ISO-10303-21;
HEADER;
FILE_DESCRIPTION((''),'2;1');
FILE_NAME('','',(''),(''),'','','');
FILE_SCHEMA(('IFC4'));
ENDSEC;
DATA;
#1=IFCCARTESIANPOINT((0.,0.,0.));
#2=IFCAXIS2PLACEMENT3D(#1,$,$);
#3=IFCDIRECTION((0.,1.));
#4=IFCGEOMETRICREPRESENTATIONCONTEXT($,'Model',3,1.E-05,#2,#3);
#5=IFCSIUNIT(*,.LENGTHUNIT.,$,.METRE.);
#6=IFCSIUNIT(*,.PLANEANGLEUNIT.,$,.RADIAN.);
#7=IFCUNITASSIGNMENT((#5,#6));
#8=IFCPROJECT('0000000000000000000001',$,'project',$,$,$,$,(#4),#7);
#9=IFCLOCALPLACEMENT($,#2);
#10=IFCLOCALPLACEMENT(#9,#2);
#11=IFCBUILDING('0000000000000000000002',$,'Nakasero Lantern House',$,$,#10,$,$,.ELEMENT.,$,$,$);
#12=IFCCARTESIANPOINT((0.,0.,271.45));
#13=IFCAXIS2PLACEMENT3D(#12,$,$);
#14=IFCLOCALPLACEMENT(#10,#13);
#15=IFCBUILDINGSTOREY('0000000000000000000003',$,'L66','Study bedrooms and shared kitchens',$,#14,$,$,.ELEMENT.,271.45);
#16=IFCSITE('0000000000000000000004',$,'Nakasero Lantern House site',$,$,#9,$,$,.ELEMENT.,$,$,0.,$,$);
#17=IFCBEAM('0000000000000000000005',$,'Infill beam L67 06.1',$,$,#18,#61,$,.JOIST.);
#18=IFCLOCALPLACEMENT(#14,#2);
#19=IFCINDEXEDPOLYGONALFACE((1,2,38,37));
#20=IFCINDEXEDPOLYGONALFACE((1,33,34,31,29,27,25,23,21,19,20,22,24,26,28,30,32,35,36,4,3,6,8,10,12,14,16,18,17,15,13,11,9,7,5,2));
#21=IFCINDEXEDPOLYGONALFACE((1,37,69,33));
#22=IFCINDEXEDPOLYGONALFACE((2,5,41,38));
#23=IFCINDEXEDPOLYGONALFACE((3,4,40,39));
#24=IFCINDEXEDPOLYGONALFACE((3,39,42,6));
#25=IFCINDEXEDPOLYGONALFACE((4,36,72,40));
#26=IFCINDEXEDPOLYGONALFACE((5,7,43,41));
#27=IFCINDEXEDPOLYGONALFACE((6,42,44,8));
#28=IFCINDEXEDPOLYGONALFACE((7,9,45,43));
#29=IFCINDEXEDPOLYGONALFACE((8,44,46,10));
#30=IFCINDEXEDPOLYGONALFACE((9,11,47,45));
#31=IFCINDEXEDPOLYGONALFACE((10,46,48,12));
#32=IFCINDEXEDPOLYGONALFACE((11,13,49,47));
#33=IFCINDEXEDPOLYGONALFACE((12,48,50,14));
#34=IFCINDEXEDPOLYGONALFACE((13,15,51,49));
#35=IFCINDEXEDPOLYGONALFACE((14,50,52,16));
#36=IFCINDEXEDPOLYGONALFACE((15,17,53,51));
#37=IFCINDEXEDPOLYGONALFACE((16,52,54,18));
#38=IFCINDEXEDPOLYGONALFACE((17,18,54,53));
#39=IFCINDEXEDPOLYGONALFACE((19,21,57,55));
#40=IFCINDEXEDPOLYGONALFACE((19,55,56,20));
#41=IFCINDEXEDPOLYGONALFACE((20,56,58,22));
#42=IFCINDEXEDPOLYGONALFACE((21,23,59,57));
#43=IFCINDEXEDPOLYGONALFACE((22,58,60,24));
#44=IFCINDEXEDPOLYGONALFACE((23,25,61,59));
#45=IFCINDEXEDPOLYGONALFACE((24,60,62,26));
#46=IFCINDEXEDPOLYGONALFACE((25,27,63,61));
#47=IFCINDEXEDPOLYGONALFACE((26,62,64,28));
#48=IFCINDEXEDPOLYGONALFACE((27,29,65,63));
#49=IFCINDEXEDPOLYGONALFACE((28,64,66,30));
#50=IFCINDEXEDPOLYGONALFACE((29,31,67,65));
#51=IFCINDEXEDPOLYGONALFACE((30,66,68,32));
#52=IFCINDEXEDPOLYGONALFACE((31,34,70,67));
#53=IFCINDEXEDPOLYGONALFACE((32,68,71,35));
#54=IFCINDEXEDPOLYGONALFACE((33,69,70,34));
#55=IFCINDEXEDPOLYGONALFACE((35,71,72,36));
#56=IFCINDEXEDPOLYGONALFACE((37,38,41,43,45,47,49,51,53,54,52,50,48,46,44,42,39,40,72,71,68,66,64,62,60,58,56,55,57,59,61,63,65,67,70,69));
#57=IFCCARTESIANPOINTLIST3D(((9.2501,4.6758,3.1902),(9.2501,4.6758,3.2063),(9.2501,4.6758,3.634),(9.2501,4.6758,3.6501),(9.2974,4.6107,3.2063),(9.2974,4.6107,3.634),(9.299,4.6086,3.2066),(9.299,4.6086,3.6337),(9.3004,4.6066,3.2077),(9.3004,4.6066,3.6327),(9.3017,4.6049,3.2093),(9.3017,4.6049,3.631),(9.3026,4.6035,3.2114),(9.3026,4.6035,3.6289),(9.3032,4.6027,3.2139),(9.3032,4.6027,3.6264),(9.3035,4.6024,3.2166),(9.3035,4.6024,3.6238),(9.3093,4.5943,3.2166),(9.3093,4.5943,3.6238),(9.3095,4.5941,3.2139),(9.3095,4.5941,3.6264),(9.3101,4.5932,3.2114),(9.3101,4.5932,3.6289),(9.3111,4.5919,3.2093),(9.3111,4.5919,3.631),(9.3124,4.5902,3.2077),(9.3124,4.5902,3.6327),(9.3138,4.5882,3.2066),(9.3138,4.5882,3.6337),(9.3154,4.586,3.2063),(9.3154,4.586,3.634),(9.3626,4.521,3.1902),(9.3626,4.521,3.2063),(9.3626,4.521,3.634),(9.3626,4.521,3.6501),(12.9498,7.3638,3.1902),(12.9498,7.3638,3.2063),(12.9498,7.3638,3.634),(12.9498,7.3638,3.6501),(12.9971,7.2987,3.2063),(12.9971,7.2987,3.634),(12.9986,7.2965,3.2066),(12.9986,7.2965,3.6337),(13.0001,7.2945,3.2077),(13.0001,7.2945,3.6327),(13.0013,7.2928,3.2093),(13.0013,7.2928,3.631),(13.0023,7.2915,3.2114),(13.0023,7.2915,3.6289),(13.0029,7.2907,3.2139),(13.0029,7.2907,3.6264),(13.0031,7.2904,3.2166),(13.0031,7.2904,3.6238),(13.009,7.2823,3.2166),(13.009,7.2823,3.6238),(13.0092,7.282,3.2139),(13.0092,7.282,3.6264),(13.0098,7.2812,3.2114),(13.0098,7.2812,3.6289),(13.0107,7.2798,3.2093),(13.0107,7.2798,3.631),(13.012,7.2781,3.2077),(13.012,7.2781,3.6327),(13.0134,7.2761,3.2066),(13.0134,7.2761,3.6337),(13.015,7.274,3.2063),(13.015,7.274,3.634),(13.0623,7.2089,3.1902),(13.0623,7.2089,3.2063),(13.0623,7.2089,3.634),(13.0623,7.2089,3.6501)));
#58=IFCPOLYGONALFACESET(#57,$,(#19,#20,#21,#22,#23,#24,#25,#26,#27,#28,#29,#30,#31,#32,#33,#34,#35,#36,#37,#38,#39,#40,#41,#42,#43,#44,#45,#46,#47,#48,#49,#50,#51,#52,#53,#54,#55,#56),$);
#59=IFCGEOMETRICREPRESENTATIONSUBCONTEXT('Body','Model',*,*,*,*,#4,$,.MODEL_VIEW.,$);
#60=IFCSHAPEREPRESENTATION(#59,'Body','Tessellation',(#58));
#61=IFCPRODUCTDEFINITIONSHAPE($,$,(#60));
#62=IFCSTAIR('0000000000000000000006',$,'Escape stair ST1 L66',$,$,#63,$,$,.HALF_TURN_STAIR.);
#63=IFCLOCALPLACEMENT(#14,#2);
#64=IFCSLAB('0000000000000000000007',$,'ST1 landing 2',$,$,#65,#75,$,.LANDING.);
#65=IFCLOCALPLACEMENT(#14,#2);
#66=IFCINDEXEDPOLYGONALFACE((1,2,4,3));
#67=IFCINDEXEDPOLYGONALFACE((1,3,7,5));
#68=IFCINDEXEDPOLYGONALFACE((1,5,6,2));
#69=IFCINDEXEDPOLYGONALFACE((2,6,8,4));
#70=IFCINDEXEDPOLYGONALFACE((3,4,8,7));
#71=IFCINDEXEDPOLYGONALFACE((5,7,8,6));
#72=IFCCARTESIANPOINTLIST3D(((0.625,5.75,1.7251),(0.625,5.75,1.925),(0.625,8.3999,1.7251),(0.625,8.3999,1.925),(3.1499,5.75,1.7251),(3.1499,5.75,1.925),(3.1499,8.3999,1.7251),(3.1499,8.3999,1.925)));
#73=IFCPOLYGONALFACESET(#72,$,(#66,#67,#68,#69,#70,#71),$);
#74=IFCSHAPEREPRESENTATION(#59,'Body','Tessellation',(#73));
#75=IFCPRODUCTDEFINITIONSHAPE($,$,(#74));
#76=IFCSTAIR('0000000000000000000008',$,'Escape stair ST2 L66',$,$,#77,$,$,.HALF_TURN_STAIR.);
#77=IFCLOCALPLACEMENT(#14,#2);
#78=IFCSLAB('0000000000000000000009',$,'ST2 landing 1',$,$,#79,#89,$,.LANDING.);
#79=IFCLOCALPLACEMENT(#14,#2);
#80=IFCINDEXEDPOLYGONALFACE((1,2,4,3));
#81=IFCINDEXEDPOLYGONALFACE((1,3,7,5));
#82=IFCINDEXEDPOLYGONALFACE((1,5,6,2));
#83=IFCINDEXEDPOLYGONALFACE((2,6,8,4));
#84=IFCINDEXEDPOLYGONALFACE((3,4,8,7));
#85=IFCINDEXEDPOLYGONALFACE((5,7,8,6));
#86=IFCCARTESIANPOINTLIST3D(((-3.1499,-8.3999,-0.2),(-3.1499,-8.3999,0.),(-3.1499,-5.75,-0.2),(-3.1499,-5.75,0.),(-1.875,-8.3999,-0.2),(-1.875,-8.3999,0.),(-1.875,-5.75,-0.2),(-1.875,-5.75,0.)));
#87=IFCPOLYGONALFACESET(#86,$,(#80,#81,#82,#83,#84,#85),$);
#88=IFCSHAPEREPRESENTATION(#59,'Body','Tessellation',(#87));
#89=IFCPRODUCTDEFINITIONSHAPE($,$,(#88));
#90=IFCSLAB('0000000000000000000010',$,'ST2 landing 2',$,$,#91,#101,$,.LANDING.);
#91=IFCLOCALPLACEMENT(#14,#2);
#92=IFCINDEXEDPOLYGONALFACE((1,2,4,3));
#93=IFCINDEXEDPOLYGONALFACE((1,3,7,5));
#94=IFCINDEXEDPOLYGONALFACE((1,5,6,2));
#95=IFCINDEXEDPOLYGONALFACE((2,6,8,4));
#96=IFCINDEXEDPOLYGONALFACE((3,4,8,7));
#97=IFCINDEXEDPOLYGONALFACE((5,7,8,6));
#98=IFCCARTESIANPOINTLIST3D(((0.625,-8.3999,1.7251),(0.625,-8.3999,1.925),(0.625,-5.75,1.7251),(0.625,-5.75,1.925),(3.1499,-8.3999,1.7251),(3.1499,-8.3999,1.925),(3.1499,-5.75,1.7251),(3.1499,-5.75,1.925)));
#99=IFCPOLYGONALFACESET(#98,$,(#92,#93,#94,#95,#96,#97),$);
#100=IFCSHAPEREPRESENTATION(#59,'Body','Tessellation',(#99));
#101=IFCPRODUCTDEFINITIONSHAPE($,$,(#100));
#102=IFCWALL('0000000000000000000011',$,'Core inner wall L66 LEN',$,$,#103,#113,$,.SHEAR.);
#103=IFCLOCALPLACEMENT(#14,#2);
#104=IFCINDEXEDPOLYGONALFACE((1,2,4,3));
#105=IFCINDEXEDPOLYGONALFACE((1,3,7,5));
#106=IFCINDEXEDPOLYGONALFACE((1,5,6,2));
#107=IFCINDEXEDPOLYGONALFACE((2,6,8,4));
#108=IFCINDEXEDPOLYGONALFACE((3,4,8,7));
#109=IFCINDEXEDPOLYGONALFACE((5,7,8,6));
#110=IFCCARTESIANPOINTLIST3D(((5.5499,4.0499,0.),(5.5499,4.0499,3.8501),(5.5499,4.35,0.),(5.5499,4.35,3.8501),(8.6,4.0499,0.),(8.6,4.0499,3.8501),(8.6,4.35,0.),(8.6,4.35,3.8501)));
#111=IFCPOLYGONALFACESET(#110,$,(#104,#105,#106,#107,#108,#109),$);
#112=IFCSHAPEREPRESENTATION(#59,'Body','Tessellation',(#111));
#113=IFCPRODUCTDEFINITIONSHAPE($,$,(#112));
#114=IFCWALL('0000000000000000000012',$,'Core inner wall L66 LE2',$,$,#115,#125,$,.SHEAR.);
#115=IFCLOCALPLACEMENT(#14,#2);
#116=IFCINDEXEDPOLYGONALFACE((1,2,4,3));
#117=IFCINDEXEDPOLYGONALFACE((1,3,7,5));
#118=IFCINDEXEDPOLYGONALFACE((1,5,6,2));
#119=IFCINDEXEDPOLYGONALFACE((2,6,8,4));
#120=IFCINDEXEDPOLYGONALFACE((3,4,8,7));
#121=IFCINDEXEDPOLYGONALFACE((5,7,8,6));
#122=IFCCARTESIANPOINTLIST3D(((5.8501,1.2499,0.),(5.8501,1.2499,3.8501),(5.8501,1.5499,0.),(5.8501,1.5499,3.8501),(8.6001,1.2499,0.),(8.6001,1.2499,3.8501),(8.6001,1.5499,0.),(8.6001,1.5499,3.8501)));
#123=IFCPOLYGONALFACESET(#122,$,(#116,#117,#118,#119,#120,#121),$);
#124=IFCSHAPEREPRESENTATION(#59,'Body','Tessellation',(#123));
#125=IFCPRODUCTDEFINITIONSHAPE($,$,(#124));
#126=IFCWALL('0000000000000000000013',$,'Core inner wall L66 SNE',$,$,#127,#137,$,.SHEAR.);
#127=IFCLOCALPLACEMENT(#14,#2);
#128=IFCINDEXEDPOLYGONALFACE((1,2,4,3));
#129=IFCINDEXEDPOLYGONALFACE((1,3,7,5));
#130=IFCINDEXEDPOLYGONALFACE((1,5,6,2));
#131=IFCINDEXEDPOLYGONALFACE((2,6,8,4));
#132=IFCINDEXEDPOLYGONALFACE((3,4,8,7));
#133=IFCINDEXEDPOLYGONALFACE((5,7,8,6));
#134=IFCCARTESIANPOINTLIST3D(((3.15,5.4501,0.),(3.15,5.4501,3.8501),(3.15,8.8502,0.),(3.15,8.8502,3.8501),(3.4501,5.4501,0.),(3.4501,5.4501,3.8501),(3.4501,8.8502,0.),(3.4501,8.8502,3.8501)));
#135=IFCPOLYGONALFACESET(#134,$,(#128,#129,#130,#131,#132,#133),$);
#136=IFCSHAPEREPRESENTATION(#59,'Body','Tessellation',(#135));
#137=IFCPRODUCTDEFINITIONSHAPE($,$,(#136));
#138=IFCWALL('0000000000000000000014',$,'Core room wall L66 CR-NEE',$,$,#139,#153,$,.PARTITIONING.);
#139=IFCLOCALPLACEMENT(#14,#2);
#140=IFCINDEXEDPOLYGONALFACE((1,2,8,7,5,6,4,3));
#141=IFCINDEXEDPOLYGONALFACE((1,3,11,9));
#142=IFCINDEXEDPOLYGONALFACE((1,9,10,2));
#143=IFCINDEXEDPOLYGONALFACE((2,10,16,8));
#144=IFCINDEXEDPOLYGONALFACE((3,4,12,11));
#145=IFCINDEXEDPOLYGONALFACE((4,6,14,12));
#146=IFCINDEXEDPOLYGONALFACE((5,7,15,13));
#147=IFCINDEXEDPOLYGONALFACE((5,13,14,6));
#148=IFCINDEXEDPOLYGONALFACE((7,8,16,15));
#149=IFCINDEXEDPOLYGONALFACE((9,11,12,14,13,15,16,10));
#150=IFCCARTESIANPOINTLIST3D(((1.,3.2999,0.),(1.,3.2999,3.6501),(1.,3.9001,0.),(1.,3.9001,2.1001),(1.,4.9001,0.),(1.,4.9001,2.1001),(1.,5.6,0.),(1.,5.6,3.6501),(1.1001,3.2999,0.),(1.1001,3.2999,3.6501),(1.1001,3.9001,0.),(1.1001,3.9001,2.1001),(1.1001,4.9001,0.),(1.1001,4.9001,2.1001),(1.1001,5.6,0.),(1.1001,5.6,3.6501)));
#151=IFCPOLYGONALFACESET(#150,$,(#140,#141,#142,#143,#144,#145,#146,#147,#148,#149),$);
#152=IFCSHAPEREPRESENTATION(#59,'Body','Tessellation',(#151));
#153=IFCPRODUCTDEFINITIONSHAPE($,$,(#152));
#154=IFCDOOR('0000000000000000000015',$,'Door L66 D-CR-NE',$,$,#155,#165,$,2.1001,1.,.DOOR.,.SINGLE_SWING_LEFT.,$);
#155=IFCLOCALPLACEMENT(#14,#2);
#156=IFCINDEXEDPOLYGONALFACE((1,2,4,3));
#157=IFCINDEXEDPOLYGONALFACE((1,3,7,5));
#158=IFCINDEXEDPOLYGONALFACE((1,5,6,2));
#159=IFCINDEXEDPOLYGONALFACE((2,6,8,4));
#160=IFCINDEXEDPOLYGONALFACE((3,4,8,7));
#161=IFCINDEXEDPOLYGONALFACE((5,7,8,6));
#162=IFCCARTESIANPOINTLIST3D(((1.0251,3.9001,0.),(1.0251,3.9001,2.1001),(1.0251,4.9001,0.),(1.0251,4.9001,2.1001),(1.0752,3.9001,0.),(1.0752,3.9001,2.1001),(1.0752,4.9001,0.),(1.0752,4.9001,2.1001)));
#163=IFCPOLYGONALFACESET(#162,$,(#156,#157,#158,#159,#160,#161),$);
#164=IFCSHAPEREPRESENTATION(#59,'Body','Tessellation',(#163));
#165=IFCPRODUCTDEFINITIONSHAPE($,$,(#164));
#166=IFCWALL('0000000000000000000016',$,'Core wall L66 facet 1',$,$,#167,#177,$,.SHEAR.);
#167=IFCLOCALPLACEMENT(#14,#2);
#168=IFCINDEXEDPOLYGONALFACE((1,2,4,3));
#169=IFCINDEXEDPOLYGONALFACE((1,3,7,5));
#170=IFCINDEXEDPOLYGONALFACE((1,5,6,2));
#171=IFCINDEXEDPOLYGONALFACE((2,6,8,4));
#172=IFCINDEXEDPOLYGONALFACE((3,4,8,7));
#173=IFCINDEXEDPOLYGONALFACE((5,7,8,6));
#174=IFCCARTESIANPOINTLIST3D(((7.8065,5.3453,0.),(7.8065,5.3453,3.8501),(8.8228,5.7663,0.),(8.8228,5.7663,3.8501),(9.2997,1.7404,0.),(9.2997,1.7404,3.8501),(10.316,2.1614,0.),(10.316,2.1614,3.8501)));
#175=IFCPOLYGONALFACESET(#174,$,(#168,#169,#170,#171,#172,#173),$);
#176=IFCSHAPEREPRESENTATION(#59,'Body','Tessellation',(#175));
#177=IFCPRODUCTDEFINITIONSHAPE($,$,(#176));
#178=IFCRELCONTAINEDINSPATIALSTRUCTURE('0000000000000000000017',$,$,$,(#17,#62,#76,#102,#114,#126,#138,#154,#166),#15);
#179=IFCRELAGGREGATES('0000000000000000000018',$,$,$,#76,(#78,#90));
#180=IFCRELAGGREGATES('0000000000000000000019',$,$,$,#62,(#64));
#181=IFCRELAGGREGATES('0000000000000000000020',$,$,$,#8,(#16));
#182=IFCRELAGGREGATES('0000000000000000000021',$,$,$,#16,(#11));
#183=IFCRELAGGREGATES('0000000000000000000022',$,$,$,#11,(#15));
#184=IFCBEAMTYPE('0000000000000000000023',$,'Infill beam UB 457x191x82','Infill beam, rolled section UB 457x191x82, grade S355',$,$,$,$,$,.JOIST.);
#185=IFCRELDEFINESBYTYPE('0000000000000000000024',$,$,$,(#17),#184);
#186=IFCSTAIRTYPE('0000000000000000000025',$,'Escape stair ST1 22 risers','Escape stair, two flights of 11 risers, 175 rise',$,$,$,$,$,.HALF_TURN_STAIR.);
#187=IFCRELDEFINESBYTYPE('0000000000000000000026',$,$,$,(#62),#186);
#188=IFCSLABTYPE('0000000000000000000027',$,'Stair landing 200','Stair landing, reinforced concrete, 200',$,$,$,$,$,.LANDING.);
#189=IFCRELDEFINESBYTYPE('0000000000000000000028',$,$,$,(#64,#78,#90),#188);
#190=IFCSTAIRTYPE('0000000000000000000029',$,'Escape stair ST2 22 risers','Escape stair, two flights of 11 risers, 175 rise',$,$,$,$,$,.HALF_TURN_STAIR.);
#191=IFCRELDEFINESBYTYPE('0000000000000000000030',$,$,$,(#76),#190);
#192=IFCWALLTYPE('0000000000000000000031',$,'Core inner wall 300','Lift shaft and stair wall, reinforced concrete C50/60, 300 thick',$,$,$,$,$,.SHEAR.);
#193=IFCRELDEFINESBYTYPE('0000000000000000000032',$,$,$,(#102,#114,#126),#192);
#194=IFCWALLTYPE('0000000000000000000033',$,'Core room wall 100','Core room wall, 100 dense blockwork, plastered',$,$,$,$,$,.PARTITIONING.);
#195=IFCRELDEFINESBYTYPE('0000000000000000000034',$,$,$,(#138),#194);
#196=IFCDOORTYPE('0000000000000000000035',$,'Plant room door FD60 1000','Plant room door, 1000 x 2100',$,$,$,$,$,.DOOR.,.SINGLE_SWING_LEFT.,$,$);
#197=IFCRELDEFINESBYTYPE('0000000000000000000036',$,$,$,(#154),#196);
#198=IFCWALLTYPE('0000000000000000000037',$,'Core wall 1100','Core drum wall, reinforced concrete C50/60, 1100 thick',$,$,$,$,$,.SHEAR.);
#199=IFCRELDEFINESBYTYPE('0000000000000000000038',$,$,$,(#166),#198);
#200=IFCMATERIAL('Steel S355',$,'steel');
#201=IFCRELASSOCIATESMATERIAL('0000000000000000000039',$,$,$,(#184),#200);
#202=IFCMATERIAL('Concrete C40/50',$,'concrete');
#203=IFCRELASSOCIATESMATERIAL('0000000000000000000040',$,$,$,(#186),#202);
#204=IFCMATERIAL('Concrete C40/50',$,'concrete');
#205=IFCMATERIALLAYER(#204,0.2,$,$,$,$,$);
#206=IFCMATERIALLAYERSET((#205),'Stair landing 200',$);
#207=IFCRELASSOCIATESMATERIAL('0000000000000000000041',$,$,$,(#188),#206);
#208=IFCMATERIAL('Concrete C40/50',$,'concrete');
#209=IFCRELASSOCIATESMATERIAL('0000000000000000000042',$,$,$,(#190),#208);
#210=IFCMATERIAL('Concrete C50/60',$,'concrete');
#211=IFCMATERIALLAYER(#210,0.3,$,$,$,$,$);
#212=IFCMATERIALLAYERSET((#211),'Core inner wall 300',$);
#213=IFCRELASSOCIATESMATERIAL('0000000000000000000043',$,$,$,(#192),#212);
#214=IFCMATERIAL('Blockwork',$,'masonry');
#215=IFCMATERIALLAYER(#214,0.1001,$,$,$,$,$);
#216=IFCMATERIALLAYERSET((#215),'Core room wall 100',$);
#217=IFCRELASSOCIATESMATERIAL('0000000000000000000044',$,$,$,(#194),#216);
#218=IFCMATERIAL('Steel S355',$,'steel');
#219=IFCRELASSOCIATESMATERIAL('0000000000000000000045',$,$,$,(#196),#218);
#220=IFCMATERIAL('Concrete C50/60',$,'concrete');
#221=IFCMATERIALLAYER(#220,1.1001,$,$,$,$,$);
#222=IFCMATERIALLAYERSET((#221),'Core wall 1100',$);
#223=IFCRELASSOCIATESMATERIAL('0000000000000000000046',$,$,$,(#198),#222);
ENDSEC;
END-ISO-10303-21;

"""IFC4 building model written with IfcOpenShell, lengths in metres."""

from ifc_helpers import new_model, si_unit, direction, frame, frame_2d, origin, origin_2d, place, context, subcontext, project, spatial, polyline, rectangle, i_section, outline, extrude, material, layer, layer_set, material_profile, profile_set, type_object, element, fill, aggregate, save


model = new_model("IFC4")

# Units and contexts
model_context = context("Model", 3, precision=1e-05, world=origin(), true_north=direction((0.0, 1.0)))
body_context = subcontext(model_context, "Body", "Model", "MODEL_VIEW")
ifc_project = project(units=[si_unit("LENGTHUNIT", "METRE"), si_unit("PLANEANGLEUNIT", "RADIAN")], contexts=[model_context])

# Site, building, storey
site_placement = place(None, origin())
site = spatial("IfcSite", under=ifc_project, at=site_placement, Name="Nakasero Lantern House site", CompositionType="ELEMENT", RefElevation=0.0)
building_placement = place(site_placement, origin())
building = spatial("IfcBuilding", under=site, at=building_placement, Name="Nakasero Lantern House", CompositionType="ELEMENT")
storey_placement = place(building_placement, frame((0.0, 0.0, 271.45)))
storey = spatial("IfcBuildingStorey", under=building, at=storey_placement, Name="L66", Description="Study bedrooms and shared kitchens", CompositionType="ELEMENT", Elevation=271.45)

# Beam
ifc_material_1 = material(Name="Steel S355", Category="steel")
ifc_material_profile = material_profile(ifc_material_1, i_section(OverallWidth=0.1914, OverallDepth=0.46, WebThickness=0.01, FlangeThickness=0.0161, FilletRadius=0.0103, at=origin_2d()), Name="UB 457x191x82")
ifc_profile_set = profile_set([ifc_material_profile], Name="Steel S355")
beam_type = type_object("IfcBeamType", Name="Infill beam UB 457x191x82", Description="Infill beam, rolled section UB 457x191x82, grade S355", PredefinedType="JOIST", material=ifc_profile_set)
beam_placement = place(storey_placement, frame((9.3064, 4.5984, 3.4202), z_axis=(0.809018, 0.587784, 0.0), x_axis=(-0.587784, 0.809018, 0.0)))
element("IfcBeam", 1, at=beam_placement, inside=storey, type_object=beam_type, Name="Infill beam L67 06.1", PredefinedType="JOIST", context=body_context, shape_type="SweptSolid", body=[
    extrude(i_section(OverallWidth=0.1914, OverallDepth=0.46, WebThickness=0.01, FlangeThickness=0.0161, FilletRadius=0.0103, at=origin_2d()), origin(), (0.0, 0.0, 1.0), 4.573),
])

# Stair, slab
ifc_material_2 = material(Name="Concrete C40/50", Category="concrete")
stair_type_1 = type_object("IfcStairType", Name="Escape stair ST1 22 risers", Description="Escape stair, two flights of 11 risers, 175 rise", PredefinedType="HALF_TURN_STAIR", material=ifc_material_2)
stair_1_placement = place(storey_placement, origin())
stair_1 = element("IfcStair", 2, at=stair_1_placement, inside=storey, type_object=stair_type_1, Name="Escape stair ST1 L66", PredefinedType="HALF_TURN_STAIR")
ifc_material_3 = material(Name="Concrete C40/50", Category="concrete")
ifc_layer_1 = layer(ifc_material_3, 0.2)
ifc_layer_set_1 = layer_set([ifc_layer_1], Name="Stair landing 200")
slab_type = type_object("IfcSlabType", Name="Stair landing 200", Description="Stair landing, reinforced concrete, 200", PredefinedType="LANDING", material=ifc_layer_set_1)
slab_1_placement = place(storey_placement, frame((0.0, 0.0, 1.7251)))
slab_1 = element("IfcSlab", 3, at=slab_1_placement, type_object=slab_type, Name="ST1 landing 2", PredefinedType="LANDING", context=body_context, shape_type="SweptSolid", body=[
    extrude(outline(polyline([(0.625, 5.75), (3.1499, 5.75), (3.1499, 8.3999), (0.625, 8.3999), (0.625, 5.75)])), origin(), (0.0, 0.0, 1.0), 0.2),
])

# Stair, slabs
ifc_material_4 = material(Name="Concrete C40/50", Category="concrete")
stair_type_2 = type_object("IfcStairType", Name="Escape stair ST2 22 risers", Description="Escape stair, two flights of 11 risers, 175 rise", PredefinedType="HALF_TURN_STAIR", material=ifc_material_4)
stair_2_placement = place(storey_placement, origin())
stair_2 = element("IfcStair", 4, at=stair_2_placement, inside=storey, type_object=stair_type_2, Name="Escape stair ST2 L66", PredefinedType="HALF_TURN_STAIR")
slab_2_placement = place(storey_placement, frame((0.0, 0.0, -0.2)))
slab_2 = element("IfcSlab", 5, at=slab_2_placement, type_object=slab_type, Name="ST2 landing 1", PredefinedType="LANDING", context=body_context, shape_type="SweptSolid", body=[
    extrude(outline(polyline([(-3.1499, -8.3999), (-1.875, -8.3999), (-1.875, -5.75), (-3.1499, -5.75), (-3.1499, -8.3999)])), origin(), (0.0, 0.0, 1.0), 0.2),
])
slab_3_placement = place(storey_placement, frame((0.0, 0.0, 1.7251)))
slab_3 = element("IfcSlab", 6, at=slab_3_placement, type_object=slab_type, Name="ST2 landing 2", PredefinedType="LANDING", context=body_context, shape_type="SweptSolid", body=[
    extrude(outline(polyline([(0.625, -8.3999), (3.1499, -8.3999), (3.1499, -5.75), (0.625, -5.75), (0.625, -8.3999)])), origin(), (0.0, 0.0, 1.0), 0.2),
])
aggregate(stair_2, [slab_2, slab_3])

# Walls
ifc_material_5 = material(Name="Concrete C50/60", Category="concrete")
ifc_layer_2 = layer(ifc_material_5, 0.3)
ifc_layer_set_2 = layer_set([ifc_layer_2], Name="Core inner wall 300")
wall_type_1 = type_object("IfcWallType", Name="Core inner wall 300", Description="Lift shaft and stair wall, reinforced concrete C50/60, 300 thick", PredefinedType="SHEAR", material=ifc_layer_set_2)
wall_1_placement = place(storey_placement, frame((5.55, 4.2, 0.0), z_axis=(0.0, 0.0, 1.0), x_axis=(1.0, 0.0, 0.0)))
element("IfcWall", 7, at=wall_1_placement, inside=storey, type_object=wall_type_1, Name="Core inner wall L66 LEN", PredefinedType="SHEAR", context=body_context, shape_type="SweptSolid", body=[
    extrude(rectangle(XDim=3.05, YDim=0.3, at=frame_2d((1.5249, 0.0))), origin(), (0.0, 0.0, 1.0), 3.8501),
])
wall_2_placement = place(storey_placement, frame((5.8501, 1.3999, 0.0), z_axis=(0.0, 0.0, 1.0), x_axis=(1.0, 0.0, 0.0)))
element("IfcWall", 8, at=wall_2_placement, inside=storey, type_object=wall_type_1, Name="Core inner wall L66 LE2", PredefinedType="SHEAR", context=body_context, shape_type="SweptSolid", body=[
    extrude(rectangle(XDim=2.75, YDim=0.3, at=frame_2d((1.375, 0.0))), origin(), (0.0, 0.0, 1.0), 3.8501),
])
wall_3_placement = place(storey_placement, frame((3.3, 5.45, 0.0), z_axis=(0.0, 0.0, 1.0), x_axis=(0.0, 1.0, 0.0)))
element("IfcWall", 9, at=wall_3_placement, inside=storey, type_object=wall_type_1, Name="Core inner wall L66 SNE", PredefinedType="SHEAR", context=body_context, shape_type="SweptSolid", body=[
    extrude(rectangle(XDim=3.4001, YDim=0.3, at=frame_2d((1.7002, 0.0))), origin(), (0.0, 0.0, 1.0), 3.8501),
])

# Wall, opening, door
ifc_material_6 = material(Name="Blockwork", Category="masonry")
ifc_layer_3 = layer(ifc_material_6, 0.1001)
ifc_layer_set_3 = layer_set([ifc_layer_3], Name="Core room wall 100")
wall_type_2 = type_object("IfcWallType", Name="Core room wall 100", Description="Core room wall, 100 dense blockwork, plastered", PredefinedType="PARTITIONING", material=ifc_layer_set_3)
wall_4_placement = place(storey_placement, frame((1.05, 3.3, 0.0), z_axis=(0.0, 0.0, 1.0), x_axis=(0.0, 1.0, 0.0)))
wall_4 = element("IfcWall", 10, at=wall_4_placement, inside=storey, type_object=wall_type_2, Name="Core room wall L66 CR-NEE", PredefinedType="PARTITIONING", context=body_context, shape_type="SweptSolid", body=[
    extrude(rectangle(XDim=2.3, YDim=0.1001, at=frame_2d((1.1499, 0.0))), origin(), (0.0, 0.0, 1.0), 3.6501),
])
opening_1_placement = place(wall_4_placement, frame((0.6001, 0.0, 0.0)))
opening_1 = element("IfcOpeningElement", 11, at=opening_1_placement, cuts=wall_4, PredefinedType="OPENING", context=body_context, shape_type="SweptSolid", body=[
    extrude(rectangle(XDim=1.0, YDim=2.1001, at=frame_2d((0.5, 1.05))), frame((0.0, 0.0701, 0.0), z_axis=(0.0, -1.0, 0.0), x_axis=(1.0, 0.0, 0.0)), (0.0, 0.0, 1.0), 0.1401),
])
ifc_material_7 = material(Name="Steel S355", Category="steel")
door_type_1 = type_object("IfcDoorType", Name="Plant room door FD60 1000", Description="Plant room door, 1000 x 2100", OperationType="SINGLE_SWING_LEFT", PredefinedType="DOOR", material=ifc_material_7)
door_1_placement = place(opening_1_placement, origin())
door_1 = element("IfcDoor", 12, at=door_1_placement, inside=storey, type_object=door_type_1, Name="Door L66 D-CR-NE", OperationType="SINGLE_SWING_LEFT", OverallHeight=2.1001, OverallWidth=1.0, PredefinedType="DOOR", context=body_context, shape_type="SweptSolid", body=[
    extrude(rectangle(XDim=1.0, YDim=2.1001, at=frame_2d((0.5, 1.05))), frame((0.0, 0.0249, 0.0), z_axis=(0.0, -1.0, 0.0), x_axis=(1.0, 0.0, 0.0)), (0.0, 0.0, 1.0), 0.05),
])
fill(opening_1, door_1)

# Wall
ifc_material_8 = material(Name="Concrete C50/60", Category="concrete")
ifc_layer_4 = layer(ifc_material_8, 1.1001)
ifc_layer_set_4 = layer_set([ifc_layer_4], Name="Core wall 1100")
wall_type_3 = type_object("IfcWallType", Name="Core wall 1100", Description="Core drum wall, reinforced concrete C50/60, 1100 thick", PredefinedType="SHEAR", material=ifc_layer_set_4)
wall_5_placement = place(storey_placement, frame((9.8079, 1.9509, 0.0), z_axis=(0.0, 0.0, 1.0), x_axis=(-0.382691, 0.923877, 0.0)))
element("IfcWall", 13, at=wall_5_placement, inside=storey, type_object=wall_type_3, Name="Core wall L66 facet 1", PredefinedType="SHEAR", context=body_context, shape_type="SweptSolid", body=[
    extrude(rectangle(XDim=3.9019, YDim=1.1001, at=frame_2d((1.9509, 0.0))), origin(), (0.0, 0.0, 1.0), 3.8501),
])

aggregate(stair_1, [slab_1])

save(model, "model.ifc")
